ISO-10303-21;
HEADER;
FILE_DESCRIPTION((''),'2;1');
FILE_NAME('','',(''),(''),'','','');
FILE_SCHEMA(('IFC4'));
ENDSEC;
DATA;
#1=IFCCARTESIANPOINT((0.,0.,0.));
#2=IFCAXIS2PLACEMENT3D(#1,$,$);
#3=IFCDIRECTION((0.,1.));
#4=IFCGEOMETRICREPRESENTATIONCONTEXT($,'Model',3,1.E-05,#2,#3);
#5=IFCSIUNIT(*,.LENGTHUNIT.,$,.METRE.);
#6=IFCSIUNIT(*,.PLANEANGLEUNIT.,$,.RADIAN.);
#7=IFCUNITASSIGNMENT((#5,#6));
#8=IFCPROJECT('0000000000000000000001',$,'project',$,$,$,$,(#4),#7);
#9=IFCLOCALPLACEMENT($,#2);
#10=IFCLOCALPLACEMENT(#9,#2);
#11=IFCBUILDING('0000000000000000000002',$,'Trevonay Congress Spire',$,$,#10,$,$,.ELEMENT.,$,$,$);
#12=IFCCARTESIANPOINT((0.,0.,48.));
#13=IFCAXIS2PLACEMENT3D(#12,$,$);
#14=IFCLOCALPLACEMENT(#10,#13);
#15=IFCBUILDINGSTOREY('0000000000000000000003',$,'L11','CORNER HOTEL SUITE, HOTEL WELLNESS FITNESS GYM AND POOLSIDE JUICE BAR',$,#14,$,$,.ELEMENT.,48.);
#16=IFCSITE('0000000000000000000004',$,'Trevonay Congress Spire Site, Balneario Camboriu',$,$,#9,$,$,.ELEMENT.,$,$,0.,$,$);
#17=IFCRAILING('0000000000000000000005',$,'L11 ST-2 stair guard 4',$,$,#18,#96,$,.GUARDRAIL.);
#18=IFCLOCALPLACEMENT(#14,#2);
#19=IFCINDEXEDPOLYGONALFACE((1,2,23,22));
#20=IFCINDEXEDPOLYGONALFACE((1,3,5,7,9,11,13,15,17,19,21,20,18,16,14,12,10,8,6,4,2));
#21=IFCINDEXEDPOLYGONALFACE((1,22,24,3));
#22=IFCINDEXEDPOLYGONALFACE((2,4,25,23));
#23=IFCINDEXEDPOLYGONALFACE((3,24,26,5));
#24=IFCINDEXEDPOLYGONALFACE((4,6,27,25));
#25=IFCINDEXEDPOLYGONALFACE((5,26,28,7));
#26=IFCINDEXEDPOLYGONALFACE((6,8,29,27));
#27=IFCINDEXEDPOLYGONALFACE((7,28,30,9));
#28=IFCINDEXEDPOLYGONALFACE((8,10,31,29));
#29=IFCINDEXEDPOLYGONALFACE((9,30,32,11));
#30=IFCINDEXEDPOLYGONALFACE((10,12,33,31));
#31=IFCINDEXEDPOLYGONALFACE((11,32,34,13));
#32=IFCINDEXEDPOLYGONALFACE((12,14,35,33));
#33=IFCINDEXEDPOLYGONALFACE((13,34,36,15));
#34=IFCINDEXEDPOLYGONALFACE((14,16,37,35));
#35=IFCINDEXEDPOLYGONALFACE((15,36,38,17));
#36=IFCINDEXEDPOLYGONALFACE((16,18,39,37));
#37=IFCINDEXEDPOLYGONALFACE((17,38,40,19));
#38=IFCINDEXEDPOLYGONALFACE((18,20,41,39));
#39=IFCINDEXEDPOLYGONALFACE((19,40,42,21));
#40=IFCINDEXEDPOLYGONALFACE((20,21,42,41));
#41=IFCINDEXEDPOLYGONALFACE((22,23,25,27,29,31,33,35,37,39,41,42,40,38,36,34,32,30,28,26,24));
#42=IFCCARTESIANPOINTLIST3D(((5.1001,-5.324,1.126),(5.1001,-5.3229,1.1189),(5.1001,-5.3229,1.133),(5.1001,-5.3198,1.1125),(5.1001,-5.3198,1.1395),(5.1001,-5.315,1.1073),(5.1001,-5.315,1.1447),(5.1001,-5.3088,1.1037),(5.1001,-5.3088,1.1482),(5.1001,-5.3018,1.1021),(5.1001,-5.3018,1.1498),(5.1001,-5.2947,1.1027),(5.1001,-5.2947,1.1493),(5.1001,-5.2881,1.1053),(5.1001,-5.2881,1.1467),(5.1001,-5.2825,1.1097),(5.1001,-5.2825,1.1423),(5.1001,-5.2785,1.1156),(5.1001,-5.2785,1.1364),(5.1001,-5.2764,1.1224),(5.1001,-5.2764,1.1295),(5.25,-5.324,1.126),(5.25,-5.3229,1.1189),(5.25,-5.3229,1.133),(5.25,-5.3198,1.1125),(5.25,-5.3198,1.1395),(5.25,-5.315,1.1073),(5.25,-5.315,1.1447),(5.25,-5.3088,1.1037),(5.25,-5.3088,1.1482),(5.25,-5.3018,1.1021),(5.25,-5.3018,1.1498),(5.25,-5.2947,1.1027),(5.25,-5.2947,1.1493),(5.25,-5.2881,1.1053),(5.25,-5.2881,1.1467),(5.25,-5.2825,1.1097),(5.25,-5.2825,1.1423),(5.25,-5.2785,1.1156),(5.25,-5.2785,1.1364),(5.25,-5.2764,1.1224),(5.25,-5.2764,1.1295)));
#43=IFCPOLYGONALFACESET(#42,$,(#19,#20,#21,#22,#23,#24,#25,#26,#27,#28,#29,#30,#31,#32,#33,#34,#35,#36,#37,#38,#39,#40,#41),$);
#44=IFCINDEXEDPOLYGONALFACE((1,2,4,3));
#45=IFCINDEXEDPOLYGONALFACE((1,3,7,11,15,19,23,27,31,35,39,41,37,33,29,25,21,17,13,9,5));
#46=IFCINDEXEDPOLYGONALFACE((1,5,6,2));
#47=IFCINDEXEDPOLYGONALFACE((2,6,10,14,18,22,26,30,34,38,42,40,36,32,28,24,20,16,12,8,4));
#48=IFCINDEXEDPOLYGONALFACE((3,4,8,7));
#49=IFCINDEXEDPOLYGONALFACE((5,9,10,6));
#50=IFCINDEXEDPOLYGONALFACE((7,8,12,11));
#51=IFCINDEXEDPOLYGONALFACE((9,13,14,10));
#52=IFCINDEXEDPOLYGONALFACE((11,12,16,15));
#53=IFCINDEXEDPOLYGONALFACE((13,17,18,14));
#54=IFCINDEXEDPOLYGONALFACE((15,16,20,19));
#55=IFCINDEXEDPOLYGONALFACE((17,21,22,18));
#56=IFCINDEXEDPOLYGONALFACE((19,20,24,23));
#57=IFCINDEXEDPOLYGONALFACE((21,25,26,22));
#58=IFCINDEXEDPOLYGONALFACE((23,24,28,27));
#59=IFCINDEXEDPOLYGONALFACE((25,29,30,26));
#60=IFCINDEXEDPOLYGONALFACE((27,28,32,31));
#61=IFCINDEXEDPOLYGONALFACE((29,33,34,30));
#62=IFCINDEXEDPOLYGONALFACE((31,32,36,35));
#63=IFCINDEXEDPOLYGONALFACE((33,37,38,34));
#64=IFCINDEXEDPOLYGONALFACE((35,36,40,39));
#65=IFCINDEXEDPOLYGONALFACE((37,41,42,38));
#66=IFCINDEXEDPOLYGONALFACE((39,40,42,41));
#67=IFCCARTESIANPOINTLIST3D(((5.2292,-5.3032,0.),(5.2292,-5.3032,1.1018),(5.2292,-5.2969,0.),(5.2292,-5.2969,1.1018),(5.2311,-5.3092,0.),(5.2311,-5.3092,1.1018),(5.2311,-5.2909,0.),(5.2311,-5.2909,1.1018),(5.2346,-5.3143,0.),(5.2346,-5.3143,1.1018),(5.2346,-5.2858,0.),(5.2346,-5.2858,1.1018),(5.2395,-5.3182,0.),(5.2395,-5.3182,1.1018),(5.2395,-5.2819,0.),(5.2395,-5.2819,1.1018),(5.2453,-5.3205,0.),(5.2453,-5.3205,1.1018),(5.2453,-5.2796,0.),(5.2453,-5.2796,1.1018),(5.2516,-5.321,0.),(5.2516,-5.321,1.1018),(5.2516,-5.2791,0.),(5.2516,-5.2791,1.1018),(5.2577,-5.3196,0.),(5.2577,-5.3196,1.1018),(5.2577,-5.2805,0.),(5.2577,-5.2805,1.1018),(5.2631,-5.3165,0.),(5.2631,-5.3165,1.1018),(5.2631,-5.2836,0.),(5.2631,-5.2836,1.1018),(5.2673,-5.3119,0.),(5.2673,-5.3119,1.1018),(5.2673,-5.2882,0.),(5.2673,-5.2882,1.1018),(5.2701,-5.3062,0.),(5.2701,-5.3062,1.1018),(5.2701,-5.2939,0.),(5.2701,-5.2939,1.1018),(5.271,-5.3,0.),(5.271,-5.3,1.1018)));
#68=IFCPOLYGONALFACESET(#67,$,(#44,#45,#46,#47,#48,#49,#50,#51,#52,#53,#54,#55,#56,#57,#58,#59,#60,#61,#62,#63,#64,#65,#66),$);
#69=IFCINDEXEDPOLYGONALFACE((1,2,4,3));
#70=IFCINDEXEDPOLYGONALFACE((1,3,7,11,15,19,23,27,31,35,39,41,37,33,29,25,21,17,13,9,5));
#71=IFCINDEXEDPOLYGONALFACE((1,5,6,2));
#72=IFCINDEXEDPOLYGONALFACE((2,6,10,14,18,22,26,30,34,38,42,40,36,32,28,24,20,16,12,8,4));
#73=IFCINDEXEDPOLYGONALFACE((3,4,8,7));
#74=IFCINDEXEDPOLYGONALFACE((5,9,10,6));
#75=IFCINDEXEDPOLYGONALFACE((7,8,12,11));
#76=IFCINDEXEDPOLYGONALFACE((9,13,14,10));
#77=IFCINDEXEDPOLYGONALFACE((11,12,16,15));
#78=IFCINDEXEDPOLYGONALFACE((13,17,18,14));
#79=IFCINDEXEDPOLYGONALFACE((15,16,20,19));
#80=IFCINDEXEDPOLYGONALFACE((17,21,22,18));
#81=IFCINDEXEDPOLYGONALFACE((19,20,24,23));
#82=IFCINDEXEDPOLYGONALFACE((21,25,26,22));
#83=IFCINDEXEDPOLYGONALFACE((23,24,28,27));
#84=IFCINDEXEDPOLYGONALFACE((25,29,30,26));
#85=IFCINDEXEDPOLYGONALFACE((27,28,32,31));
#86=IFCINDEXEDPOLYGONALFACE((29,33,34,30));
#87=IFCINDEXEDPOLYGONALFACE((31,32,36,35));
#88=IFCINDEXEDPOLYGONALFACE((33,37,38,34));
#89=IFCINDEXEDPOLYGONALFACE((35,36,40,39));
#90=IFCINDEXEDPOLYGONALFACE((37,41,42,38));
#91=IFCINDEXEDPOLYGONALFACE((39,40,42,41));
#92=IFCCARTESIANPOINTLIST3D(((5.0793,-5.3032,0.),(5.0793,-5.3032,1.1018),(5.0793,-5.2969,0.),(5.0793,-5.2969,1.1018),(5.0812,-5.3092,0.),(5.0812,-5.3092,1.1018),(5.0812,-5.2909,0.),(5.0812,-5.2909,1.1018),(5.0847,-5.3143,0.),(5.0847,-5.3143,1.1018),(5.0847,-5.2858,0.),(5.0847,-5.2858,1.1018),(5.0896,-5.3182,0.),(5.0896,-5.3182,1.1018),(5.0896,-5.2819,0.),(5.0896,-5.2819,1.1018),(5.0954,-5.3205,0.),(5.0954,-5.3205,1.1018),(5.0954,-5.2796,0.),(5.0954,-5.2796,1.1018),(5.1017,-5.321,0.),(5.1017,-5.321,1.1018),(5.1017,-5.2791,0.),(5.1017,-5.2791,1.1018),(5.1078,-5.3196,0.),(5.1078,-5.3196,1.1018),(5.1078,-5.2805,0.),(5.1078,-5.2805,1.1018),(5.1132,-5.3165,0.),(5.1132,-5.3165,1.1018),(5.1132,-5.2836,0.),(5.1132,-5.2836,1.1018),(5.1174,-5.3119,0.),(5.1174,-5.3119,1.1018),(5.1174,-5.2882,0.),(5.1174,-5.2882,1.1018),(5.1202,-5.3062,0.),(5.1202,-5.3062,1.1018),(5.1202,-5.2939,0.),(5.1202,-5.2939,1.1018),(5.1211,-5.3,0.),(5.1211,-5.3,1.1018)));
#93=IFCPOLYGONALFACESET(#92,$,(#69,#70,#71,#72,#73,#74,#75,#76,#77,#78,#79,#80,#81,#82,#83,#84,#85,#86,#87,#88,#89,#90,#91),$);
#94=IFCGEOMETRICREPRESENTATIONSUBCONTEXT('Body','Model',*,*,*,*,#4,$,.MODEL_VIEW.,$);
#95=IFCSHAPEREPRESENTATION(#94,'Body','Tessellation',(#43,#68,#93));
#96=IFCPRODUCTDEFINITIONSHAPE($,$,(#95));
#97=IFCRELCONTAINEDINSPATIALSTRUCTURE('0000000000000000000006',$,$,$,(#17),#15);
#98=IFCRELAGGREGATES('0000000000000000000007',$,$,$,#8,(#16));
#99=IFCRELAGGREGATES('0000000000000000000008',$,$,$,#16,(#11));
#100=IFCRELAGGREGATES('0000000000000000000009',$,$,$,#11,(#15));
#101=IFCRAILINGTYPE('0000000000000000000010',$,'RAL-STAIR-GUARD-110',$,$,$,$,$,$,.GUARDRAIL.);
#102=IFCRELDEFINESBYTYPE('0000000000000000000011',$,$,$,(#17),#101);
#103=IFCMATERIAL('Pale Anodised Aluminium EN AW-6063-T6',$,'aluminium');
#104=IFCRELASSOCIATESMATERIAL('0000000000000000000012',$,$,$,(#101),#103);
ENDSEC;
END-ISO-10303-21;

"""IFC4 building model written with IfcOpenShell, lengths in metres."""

from ifc_helpers import new_model, si_unit, direction, frame, origin, origin_2d, place, context, subcontext, project, spatial, circle, extrude, material, type_object, element, save


model = new_model("IFC4")

# Units and contexts
model_context = context("Model", 3, precision=1e-05, world=origin(), true_north=direction((0.0, 1.0)))
body_context = subcontext(model_context, "Body", "Model", "MODEL_VIEW")
ifc_project = project(units=[si_unit("LENGTHUNIT", "METRE"), si_unit("PLANEANGLEUNIT", "RADIAN")], contexts=[model_context])

# Site, building, storey
site_placement = place(None, origin())
site = spatial("IfcSite", under=ifc_project, at=site_placement, Name="Trevonay Congress Spire Site, Balneario Camboriu", CompositionType="ELEMENT", RefElevation=0.0)
building_placement = place(site_placement, origin())
building = spatial("IfcBuilding", under=site, at=building_placement, Name="Trevonay Congress Spire", CompositionType="ELEMENT")
storey_placement = place(building_placement, frame((0.0, 0.0, 48.0)))
storey = spatial("IfcBuildingStorey", under=building, at=storey_placement, Name="L11", Description="CORNER HOTEL SUITE, HOTEL WELLNESS FITNESS GYM AND POOLSIDE JUICE BAR", CompositionType="ELEMENT", Elevation=48.0)

# Railing
ifc_material_1 = material(Name="Pale Anodised Aluminium EN AW-6063-T6", Category="aluminium")
railing_type_1 = type_object("IfcRailingType", Name="RAL-STAIR-GUARD-110", PredefinedType="GUARDRAIL", material=ifc_material_1)
railing_1_placement = place(storey_placement, frame((5.25, -5.3, 0.0)))
element("IfcRailing", 1, at=railing_1_placement, inside=storey, type_object=railing_type_1, Name="L11 ST-2 stair guard 4", PredefinedType="GUARDRAIL", context=body_context, shape_type="SweptSolid", body=[
    extrude(circle(Radius=0.0239, at=origin_2d()), frame((0.0, 0.0, 1.126), z_axis=(-1.0, 0.0, 0.0), x_axis=(0.0, -1.0, 0.0)), (0.0, 0.0, 1.0), 0.1499),
    extrude(circle(Radius=0.021, at=origin_2d()), origin(), (0.0, 0.0, 1.0), 1.1018),
    extrude(circle(Radius=0.021, at=origin_2d()), frame((-0.1499, 0.0, 0.0)), (0.0, 0.0, 1.0), 1.1018),
])

save(model, "model.ifc")
